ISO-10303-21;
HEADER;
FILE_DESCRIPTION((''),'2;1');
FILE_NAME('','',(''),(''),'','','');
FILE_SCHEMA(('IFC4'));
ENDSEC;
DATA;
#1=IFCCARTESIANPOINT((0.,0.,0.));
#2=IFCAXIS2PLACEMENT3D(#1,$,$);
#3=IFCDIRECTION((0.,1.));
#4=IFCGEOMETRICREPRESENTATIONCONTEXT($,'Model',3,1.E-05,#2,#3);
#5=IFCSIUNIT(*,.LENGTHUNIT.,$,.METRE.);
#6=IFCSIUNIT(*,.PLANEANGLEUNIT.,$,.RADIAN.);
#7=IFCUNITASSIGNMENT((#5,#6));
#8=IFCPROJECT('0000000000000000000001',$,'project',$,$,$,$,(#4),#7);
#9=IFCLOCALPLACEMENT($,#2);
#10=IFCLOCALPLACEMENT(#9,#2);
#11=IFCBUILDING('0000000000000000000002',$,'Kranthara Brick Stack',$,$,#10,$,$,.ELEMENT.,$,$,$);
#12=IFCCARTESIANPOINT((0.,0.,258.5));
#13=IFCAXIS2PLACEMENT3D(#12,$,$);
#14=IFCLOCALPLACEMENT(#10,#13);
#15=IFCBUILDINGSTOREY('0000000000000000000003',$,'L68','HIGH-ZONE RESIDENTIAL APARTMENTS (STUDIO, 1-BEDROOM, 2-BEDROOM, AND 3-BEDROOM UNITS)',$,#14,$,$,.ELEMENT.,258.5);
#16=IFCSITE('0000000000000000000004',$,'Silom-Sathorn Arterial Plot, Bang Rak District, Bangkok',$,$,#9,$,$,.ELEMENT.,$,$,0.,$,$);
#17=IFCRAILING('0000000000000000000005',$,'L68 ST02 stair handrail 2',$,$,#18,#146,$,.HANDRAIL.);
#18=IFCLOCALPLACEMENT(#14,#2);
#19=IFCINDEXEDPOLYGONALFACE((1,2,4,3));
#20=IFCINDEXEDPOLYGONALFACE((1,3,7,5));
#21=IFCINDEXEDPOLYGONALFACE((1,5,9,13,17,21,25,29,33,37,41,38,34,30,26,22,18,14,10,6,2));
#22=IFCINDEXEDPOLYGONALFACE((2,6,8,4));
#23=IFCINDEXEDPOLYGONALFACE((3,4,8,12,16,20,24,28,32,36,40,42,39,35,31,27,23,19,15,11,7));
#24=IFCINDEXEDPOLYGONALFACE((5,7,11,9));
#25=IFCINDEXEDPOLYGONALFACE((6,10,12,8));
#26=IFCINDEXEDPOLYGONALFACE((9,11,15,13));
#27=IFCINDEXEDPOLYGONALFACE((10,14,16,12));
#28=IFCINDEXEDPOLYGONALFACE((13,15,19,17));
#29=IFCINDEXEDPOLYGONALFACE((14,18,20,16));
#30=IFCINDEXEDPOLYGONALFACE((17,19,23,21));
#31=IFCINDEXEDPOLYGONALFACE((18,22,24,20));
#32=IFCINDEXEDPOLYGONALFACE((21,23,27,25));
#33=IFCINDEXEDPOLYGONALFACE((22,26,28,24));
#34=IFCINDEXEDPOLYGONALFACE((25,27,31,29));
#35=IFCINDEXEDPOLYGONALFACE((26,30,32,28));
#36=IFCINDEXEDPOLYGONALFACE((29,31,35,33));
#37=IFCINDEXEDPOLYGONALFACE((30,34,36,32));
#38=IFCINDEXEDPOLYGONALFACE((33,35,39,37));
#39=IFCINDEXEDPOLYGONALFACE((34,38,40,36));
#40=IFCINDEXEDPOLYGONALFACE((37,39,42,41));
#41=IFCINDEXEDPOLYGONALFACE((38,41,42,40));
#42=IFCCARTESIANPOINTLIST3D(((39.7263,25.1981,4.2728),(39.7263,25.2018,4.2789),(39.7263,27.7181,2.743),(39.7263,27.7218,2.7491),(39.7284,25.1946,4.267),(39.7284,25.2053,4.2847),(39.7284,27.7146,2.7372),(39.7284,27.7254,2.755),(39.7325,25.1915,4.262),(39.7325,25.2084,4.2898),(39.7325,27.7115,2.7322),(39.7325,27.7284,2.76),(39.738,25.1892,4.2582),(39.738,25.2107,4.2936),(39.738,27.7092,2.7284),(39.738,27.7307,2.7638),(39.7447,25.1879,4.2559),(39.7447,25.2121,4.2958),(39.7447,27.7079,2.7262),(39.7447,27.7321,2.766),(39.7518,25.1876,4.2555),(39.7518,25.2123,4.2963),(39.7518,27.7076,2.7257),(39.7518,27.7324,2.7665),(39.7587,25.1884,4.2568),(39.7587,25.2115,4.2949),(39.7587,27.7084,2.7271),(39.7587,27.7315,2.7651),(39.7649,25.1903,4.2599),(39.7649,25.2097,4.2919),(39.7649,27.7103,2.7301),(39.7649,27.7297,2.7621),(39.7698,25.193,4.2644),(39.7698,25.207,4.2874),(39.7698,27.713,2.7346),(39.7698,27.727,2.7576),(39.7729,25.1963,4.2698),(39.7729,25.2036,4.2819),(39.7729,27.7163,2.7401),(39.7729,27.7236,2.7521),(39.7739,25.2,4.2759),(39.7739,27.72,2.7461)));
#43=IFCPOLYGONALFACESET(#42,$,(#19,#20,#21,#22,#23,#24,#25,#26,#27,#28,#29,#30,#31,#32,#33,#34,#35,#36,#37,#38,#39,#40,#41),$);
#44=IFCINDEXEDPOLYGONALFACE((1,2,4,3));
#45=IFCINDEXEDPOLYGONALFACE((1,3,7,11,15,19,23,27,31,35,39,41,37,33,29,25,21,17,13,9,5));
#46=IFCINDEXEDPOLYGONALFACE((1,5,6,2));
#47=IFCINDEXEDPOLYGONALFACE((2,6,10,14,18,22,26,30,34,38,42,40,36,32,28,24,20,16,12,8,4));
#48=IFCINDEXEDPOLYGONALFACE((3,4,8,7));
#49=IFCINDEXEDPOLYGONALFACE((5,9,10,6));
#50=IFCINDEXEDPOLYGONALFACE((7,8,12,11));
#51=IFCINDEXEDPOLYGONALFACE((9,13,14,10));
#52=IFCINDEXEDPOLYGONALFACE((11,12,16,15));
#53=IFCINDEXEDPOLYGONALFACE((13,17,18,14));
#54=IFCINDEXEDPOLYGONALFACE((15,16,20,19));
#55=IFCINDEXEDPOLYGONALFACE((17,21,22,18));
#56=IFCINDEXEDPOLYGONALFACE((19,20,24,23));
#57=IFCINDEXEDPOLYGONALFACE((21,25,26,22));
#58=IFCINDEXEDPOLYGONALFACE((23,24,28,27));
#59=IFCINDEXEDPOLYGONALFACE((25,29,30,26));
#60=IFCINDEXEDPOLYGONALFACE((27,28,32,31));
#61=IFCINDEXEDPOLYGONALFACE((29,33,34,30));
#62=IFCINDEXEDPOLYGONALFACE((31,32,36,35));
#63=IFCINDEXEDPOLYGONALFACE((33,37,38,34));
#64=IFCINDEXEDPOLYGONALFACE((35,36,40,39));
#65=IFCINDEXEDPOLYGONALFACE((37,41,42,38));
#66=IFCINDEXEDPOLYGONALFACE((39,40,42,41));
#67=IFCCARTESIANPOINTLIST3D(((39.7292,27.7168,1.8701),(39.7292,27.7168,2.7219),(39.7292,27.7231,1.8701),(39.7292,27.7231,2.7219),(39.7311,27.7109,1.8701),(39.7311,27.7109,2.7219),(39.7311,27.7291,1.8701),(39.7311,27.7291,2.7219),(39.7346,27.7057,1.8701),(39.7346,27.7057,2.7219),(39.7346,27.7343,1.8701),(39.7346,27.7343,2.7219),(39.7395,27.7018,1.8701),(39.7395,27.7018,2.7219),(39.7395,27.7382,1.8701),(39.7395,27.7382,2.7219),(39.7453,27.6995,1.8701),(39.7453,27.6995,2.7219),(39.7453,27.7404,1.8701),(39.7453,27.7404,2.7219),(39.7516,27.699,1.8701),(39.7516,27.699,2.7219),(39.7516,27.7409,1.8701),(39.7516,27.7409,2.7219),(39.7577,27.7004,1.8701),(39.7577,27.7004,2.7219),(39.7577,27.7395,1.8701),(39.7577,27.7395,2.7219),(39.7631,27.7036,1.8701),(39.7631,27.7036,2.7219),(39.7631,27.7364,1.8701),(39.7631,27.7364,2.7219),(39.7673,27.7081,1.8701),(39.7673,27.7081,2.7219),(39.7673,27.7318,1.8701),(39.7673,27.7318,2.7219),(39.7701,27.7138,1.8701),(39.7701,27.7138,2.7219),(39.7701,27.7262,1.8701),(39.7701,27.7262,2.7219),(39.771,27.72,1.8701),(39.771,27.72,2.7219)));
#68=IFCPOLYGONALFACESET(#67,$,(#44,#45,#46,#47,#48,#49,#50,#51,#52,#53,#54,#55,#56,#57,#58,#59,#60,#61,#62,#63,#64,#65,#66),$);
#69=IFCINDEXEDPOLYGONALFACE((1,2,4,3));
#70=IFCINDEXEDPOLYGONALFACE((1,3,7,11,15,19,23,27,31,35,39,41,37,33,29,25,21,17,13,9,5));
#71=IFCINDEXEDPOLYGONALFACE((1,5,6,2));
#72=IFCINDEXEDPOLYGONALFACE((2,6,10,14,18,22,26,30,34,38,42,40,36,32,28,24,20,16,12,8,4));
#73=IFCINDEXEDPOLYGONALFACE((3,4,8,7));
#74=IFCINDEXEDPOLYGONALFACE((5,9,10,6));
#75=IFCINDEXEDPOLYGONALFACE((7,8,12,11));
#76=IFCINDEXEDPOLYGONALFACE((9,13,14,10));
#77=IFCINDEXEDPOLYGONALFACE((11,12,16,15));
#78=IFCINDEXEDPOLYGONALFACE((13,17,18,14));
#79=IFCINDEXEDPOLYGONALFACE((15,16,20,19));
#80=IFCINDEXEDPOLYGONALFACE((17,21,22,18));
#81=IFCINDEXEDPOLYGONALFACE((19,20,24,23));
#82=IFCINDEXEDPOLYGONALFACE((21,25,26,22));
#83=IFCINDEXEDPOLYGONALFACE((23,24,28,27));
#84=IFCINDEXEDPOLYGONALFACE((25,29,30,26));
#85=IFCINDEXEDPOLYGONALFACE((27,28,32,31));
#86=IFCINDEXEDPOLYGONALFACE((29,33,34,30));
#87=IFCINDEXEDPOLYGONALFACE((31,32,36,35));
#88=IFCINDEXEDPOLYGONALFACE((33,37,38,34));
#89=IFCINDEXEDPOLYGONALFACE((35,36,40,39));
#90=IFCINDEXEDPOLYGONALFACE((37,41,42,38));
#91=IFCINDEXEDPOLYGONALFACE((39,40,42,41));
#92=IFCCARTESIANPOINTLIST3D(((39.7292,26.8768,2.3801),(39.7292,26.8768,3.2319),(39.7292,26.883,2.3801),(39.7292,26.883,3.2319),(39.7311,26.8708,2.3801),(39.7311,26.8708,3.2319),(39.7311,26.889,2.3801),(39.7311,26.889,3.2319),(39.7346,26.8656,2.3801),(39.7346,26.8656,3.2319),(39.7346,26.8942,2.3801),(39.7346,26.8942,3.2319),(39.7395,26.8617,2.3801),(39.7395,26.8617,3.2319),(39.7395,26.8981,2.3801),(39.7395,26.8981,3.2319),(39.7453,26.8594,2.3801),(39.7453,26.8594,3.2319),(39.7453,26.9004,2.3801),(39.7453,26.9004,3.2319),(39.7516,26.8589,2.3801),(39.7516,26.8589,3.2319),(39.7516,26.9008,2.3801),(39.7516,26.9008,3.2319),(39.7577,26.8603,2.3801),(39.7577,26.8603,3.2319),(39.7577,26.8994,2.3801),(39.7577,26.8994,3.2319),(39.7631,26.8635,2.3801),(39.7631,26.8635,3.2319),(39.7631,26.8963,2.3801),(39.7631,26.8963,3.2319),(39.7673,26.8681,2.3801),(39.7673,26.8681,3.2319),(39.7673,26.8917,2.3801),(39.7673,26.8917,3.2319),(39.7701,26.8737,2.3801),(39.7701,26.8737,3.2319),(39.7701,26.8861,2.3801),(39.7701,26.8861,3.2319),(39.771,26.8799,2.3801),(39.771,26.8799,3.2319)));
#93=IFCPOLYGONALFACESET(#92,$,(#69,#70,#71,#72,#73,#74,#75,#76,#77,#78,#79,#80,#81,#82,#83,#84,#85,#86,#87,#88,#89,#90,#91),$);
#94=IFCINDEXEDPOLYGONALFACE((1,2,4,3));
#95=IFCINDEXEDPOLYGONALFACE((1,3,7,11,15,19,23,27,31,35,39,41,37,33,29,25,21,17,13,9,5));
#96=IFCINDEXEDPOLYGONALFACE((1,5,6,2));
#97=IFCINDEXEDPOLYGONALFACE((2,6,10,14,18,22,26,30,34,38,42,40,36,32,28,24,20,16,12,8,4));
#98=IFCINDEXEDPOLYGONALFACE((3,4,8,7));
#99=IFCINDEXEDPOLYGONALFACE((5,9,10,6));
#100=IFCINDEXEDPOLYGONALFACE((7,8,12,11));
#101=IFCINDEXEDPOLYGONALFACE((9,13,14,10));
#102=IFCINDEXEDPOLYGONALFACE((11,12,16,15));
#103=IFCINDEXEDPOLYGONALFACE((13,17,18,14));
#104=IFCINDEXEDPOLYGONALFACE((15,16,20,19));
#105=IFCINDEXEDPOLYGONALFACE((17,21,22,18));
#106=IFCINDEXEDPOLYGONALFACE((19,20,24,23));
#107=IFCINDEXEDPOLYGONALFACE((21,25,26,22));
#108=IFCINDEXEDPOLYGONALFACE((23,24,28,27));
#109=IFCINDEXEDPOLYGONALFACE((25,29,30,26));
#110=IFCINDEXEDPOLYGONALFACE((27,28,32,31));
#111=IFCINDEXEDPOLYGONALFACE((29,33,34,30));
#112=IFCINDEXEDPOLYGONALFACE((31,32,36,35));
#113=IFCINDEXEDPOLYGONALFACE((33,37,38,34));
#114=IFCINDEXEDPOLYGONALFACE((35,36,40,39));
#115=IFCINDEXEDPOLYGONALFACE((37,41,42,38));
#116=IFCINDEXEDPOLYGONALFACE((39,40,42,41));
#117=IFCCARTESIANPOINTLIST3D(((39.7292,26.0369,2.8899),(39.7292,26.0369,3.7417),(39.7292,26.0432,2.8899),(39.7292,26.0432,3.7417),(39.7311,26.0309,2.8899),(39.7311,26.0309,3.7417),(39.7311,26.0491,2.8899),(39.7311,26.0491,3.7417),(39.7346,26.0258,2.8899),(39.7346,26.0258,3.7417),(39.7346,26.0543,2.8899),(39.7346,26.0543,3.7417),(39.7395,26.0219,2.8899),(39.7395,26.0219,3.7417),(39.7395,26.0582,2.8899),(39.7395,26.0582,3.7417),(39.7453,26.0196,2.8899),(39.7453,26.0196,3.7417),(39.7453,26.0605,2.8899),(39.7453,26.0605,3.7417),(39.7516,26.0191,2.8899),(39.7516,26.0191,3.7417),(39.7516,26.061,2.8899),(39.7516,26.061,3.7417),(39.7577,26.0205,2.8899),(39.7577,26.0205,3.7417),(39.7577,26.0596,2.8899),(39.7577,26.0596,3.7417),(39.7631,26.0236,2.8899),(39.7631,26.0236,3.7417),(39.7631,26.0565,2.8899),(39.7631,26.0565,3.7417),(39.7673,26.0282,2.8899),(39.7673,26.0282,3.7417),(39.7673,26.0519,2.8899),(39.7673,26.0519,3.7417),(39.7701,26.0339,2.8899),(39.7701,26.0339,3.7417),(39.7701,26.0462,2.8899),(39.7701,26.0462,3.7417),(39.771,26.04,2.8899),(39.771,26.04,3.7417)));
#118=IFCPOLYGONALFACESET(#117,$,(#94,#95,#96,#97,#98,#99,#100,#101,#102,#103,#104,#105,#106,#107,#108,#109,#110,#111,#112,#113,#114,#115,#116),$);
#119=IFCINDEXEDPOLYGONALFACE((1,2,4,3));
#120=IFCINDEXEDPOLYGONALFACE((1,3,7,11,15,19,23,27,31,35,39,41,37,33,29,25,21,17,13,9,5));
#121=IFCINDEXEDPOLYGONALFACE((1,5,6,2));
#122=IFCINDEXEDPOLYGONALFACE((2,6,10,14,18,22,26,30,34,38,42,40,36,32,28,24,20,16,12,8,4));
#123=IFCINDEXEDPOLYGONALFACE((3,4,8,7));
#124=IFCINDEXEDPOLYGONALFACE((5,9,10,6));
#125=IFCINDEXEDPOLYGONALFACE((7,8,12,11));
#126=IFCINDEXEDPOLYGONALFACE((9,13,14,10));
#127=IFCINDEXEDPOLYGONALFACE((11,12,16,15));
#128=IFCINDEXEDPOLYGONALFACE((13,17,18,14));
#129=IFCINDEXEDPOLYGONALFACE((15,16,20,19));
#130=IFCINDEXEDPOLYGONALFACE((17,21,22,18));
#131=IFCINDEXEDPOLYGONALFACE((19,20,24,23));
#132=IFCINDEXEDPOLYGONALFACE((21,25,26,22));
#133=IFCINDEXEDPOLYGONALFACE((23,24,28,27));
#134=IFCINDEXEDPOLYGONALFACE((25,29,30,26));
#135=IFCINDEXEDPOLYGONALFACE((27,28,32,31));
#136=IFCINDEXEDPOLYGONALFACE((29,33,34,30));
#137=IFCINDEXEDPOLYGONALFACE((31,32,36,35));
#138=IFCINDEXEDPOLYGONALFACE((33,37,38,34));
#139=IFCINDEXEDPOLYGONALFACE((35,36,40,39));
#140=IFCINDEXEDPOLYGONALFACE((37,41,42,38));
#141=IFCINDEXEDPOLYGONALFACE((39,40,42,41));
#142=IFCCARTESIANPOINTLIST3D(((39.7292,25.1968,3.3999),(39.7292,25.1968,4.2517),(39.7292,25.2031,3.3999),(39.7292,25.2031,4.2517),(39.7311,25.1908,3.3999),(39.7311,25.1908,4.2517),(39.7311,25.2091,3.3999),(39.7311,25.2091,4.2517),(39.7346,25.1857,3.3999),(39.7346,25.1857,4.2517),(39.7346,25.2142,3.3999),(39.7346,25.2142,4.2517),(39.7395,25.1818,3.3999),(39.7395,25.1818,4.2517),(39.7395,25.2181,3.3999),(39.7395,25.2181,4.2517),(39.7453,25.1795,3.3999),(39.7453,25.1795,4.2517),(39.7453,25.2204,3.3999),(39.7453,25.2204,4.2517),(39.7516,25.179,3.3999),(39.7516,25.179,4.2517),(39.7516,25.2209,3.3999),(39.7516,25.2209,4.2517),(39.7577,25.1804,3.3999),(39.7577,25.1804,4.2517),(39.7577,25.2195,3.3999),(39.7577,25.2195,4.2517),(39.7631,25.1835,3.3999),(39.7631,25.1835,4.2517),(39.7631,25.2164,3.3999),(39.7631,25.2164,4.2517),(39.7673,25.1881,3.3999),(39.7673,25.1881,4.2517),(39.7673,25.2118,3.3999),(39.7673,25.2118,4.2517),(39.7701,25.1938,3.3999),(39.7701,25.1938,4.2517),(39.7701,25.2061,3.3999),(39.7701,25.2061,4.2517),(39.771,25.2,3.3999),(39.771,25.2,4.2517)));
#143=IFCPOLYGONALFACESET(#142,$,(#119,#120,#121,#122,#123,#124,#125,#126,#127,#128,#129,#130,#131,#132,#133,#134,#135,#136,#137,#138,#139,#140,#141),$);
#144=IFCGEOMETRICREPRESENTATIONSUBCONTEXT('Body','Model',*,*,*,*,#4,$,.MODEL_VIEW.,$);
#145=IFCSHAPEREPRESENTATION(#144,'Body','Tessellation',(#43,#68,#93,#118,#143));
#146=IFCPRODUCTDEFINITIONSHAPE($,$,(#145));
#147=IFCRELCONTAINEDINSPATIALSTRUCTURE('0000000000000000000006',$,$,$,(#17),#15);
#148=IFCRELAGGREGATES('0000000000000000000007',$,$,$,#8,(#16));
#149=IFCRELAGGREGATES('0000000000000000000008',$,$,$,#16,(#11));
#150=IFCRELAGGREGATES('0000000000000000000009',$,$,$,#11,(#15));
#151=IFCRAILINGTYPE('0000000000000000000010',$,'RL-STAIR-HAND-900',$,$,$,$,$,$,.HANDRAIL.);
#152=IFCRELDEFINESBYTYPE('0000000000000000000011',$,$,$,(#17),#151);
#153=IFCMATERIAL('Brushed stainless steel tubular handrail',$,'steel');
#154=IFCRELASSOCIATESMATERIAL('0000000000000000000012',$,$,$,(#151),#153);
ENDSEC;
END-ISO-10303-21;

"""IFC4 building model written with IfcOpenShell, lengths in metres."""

from ifc_helpers import new_model, si_unit, direction, frame, origin, origin_2d, place, context, subcontext, project, spatial, circle, extrude, material, type_object, element, save


model = new_model("IFC4")

# Units and contexts
model_context = context("Model", 3, precision=1e-05, world=origin(), true_north=direction((0.0, 1.0)))
body_context = subcontext(model_context, "Body", "Model", "MODEL_VIEW")
ifc_project = project(units=[si_unit("LENGTHUNIT", "METRE"), si_unit("PLANEANGLEUNIT", "RADIAN")], contexts=[model_context])

# Site, building, storey
site_placement = place(None, origin())
site = spatial("IfcSite", under=ifc_project, at=site_placement, Name="Silom-Sathorn Arterial Plot, Bang Rak District, Bangkok", CompositionType="ELEMENT", RefElevation=0.0)
building_placement = place(site_placement, origin())
building = spatial("IfcBuilding", under=site, at=building_placement, Name="Kranthara Brick Stack", CompositionType="ELEMENT")
storey_placement = place(building_placement, frame((0.0, 0.0, 258.5)))
storey = spatial("IfcBuildingStorey", under=building, at=storey_placement, Name="L68", Description="HIGH-ZONE RESIDENTIAL APARTMENTS (STUDIO, 1-BEDROOM, 2-BEDROOM, AND 3-BEDROOM UNITS)", CompositionType="ELEMENT", Elevation=258.5)

# Railing
ifc_material_1 = material(Name="Brushed stainless steel tubular handrail", Category="steel")
railing_type_1 = type_object("IfcRailingType", Name="RL-STAIR-HAND-900", PredefinedType="HANDRAIL", material=ifc_material_1)
railing_1_placement = place(storey_placement, frame((39.75, 27.72, 1.8701)))
element("IfcRailing", 1, at=railing_1_placement, inside=storey, type_object=railing_type_1, Name="L68 ST02 stair handrail 2", PredefinedType="HANDRAIL", context=body_context, shape_type="SweptSolid", body=[
    extrude(circle(Radius=0.0239, at=origin_2d()), frame((0.0, 0.0, 0.876), z_axis=(0.0, -0.854822, 0.518922), x_axis=(1.0, 0.0, 0.0)), (0.0, 0.0, 1.0), 2.948),
    extrude(circle(Radius=0.021, at=origin_2d()), origin(), (0.0, 0.0, 1.0), 0.8518),
    extrude(circle(Radius=0.021, at=origin_2d()), frame((0.0, -0.8401, 0.51)), (0.0, 0.0, 1.0), 0.8518),
    extrude(circle(Radius=0.021, at=origin_2d()), frame((0.0, -1.6799, 1.0198)), (0.0, 0.0, 1.0), 0.8518),
    extrude(circle(Radius=0.021, at=origin_2d()), frame((0.0, -2.52, 1.5298)), (0.0, 0.0, 1.0), 0.8518),
])

save(model, "model.ifc")
